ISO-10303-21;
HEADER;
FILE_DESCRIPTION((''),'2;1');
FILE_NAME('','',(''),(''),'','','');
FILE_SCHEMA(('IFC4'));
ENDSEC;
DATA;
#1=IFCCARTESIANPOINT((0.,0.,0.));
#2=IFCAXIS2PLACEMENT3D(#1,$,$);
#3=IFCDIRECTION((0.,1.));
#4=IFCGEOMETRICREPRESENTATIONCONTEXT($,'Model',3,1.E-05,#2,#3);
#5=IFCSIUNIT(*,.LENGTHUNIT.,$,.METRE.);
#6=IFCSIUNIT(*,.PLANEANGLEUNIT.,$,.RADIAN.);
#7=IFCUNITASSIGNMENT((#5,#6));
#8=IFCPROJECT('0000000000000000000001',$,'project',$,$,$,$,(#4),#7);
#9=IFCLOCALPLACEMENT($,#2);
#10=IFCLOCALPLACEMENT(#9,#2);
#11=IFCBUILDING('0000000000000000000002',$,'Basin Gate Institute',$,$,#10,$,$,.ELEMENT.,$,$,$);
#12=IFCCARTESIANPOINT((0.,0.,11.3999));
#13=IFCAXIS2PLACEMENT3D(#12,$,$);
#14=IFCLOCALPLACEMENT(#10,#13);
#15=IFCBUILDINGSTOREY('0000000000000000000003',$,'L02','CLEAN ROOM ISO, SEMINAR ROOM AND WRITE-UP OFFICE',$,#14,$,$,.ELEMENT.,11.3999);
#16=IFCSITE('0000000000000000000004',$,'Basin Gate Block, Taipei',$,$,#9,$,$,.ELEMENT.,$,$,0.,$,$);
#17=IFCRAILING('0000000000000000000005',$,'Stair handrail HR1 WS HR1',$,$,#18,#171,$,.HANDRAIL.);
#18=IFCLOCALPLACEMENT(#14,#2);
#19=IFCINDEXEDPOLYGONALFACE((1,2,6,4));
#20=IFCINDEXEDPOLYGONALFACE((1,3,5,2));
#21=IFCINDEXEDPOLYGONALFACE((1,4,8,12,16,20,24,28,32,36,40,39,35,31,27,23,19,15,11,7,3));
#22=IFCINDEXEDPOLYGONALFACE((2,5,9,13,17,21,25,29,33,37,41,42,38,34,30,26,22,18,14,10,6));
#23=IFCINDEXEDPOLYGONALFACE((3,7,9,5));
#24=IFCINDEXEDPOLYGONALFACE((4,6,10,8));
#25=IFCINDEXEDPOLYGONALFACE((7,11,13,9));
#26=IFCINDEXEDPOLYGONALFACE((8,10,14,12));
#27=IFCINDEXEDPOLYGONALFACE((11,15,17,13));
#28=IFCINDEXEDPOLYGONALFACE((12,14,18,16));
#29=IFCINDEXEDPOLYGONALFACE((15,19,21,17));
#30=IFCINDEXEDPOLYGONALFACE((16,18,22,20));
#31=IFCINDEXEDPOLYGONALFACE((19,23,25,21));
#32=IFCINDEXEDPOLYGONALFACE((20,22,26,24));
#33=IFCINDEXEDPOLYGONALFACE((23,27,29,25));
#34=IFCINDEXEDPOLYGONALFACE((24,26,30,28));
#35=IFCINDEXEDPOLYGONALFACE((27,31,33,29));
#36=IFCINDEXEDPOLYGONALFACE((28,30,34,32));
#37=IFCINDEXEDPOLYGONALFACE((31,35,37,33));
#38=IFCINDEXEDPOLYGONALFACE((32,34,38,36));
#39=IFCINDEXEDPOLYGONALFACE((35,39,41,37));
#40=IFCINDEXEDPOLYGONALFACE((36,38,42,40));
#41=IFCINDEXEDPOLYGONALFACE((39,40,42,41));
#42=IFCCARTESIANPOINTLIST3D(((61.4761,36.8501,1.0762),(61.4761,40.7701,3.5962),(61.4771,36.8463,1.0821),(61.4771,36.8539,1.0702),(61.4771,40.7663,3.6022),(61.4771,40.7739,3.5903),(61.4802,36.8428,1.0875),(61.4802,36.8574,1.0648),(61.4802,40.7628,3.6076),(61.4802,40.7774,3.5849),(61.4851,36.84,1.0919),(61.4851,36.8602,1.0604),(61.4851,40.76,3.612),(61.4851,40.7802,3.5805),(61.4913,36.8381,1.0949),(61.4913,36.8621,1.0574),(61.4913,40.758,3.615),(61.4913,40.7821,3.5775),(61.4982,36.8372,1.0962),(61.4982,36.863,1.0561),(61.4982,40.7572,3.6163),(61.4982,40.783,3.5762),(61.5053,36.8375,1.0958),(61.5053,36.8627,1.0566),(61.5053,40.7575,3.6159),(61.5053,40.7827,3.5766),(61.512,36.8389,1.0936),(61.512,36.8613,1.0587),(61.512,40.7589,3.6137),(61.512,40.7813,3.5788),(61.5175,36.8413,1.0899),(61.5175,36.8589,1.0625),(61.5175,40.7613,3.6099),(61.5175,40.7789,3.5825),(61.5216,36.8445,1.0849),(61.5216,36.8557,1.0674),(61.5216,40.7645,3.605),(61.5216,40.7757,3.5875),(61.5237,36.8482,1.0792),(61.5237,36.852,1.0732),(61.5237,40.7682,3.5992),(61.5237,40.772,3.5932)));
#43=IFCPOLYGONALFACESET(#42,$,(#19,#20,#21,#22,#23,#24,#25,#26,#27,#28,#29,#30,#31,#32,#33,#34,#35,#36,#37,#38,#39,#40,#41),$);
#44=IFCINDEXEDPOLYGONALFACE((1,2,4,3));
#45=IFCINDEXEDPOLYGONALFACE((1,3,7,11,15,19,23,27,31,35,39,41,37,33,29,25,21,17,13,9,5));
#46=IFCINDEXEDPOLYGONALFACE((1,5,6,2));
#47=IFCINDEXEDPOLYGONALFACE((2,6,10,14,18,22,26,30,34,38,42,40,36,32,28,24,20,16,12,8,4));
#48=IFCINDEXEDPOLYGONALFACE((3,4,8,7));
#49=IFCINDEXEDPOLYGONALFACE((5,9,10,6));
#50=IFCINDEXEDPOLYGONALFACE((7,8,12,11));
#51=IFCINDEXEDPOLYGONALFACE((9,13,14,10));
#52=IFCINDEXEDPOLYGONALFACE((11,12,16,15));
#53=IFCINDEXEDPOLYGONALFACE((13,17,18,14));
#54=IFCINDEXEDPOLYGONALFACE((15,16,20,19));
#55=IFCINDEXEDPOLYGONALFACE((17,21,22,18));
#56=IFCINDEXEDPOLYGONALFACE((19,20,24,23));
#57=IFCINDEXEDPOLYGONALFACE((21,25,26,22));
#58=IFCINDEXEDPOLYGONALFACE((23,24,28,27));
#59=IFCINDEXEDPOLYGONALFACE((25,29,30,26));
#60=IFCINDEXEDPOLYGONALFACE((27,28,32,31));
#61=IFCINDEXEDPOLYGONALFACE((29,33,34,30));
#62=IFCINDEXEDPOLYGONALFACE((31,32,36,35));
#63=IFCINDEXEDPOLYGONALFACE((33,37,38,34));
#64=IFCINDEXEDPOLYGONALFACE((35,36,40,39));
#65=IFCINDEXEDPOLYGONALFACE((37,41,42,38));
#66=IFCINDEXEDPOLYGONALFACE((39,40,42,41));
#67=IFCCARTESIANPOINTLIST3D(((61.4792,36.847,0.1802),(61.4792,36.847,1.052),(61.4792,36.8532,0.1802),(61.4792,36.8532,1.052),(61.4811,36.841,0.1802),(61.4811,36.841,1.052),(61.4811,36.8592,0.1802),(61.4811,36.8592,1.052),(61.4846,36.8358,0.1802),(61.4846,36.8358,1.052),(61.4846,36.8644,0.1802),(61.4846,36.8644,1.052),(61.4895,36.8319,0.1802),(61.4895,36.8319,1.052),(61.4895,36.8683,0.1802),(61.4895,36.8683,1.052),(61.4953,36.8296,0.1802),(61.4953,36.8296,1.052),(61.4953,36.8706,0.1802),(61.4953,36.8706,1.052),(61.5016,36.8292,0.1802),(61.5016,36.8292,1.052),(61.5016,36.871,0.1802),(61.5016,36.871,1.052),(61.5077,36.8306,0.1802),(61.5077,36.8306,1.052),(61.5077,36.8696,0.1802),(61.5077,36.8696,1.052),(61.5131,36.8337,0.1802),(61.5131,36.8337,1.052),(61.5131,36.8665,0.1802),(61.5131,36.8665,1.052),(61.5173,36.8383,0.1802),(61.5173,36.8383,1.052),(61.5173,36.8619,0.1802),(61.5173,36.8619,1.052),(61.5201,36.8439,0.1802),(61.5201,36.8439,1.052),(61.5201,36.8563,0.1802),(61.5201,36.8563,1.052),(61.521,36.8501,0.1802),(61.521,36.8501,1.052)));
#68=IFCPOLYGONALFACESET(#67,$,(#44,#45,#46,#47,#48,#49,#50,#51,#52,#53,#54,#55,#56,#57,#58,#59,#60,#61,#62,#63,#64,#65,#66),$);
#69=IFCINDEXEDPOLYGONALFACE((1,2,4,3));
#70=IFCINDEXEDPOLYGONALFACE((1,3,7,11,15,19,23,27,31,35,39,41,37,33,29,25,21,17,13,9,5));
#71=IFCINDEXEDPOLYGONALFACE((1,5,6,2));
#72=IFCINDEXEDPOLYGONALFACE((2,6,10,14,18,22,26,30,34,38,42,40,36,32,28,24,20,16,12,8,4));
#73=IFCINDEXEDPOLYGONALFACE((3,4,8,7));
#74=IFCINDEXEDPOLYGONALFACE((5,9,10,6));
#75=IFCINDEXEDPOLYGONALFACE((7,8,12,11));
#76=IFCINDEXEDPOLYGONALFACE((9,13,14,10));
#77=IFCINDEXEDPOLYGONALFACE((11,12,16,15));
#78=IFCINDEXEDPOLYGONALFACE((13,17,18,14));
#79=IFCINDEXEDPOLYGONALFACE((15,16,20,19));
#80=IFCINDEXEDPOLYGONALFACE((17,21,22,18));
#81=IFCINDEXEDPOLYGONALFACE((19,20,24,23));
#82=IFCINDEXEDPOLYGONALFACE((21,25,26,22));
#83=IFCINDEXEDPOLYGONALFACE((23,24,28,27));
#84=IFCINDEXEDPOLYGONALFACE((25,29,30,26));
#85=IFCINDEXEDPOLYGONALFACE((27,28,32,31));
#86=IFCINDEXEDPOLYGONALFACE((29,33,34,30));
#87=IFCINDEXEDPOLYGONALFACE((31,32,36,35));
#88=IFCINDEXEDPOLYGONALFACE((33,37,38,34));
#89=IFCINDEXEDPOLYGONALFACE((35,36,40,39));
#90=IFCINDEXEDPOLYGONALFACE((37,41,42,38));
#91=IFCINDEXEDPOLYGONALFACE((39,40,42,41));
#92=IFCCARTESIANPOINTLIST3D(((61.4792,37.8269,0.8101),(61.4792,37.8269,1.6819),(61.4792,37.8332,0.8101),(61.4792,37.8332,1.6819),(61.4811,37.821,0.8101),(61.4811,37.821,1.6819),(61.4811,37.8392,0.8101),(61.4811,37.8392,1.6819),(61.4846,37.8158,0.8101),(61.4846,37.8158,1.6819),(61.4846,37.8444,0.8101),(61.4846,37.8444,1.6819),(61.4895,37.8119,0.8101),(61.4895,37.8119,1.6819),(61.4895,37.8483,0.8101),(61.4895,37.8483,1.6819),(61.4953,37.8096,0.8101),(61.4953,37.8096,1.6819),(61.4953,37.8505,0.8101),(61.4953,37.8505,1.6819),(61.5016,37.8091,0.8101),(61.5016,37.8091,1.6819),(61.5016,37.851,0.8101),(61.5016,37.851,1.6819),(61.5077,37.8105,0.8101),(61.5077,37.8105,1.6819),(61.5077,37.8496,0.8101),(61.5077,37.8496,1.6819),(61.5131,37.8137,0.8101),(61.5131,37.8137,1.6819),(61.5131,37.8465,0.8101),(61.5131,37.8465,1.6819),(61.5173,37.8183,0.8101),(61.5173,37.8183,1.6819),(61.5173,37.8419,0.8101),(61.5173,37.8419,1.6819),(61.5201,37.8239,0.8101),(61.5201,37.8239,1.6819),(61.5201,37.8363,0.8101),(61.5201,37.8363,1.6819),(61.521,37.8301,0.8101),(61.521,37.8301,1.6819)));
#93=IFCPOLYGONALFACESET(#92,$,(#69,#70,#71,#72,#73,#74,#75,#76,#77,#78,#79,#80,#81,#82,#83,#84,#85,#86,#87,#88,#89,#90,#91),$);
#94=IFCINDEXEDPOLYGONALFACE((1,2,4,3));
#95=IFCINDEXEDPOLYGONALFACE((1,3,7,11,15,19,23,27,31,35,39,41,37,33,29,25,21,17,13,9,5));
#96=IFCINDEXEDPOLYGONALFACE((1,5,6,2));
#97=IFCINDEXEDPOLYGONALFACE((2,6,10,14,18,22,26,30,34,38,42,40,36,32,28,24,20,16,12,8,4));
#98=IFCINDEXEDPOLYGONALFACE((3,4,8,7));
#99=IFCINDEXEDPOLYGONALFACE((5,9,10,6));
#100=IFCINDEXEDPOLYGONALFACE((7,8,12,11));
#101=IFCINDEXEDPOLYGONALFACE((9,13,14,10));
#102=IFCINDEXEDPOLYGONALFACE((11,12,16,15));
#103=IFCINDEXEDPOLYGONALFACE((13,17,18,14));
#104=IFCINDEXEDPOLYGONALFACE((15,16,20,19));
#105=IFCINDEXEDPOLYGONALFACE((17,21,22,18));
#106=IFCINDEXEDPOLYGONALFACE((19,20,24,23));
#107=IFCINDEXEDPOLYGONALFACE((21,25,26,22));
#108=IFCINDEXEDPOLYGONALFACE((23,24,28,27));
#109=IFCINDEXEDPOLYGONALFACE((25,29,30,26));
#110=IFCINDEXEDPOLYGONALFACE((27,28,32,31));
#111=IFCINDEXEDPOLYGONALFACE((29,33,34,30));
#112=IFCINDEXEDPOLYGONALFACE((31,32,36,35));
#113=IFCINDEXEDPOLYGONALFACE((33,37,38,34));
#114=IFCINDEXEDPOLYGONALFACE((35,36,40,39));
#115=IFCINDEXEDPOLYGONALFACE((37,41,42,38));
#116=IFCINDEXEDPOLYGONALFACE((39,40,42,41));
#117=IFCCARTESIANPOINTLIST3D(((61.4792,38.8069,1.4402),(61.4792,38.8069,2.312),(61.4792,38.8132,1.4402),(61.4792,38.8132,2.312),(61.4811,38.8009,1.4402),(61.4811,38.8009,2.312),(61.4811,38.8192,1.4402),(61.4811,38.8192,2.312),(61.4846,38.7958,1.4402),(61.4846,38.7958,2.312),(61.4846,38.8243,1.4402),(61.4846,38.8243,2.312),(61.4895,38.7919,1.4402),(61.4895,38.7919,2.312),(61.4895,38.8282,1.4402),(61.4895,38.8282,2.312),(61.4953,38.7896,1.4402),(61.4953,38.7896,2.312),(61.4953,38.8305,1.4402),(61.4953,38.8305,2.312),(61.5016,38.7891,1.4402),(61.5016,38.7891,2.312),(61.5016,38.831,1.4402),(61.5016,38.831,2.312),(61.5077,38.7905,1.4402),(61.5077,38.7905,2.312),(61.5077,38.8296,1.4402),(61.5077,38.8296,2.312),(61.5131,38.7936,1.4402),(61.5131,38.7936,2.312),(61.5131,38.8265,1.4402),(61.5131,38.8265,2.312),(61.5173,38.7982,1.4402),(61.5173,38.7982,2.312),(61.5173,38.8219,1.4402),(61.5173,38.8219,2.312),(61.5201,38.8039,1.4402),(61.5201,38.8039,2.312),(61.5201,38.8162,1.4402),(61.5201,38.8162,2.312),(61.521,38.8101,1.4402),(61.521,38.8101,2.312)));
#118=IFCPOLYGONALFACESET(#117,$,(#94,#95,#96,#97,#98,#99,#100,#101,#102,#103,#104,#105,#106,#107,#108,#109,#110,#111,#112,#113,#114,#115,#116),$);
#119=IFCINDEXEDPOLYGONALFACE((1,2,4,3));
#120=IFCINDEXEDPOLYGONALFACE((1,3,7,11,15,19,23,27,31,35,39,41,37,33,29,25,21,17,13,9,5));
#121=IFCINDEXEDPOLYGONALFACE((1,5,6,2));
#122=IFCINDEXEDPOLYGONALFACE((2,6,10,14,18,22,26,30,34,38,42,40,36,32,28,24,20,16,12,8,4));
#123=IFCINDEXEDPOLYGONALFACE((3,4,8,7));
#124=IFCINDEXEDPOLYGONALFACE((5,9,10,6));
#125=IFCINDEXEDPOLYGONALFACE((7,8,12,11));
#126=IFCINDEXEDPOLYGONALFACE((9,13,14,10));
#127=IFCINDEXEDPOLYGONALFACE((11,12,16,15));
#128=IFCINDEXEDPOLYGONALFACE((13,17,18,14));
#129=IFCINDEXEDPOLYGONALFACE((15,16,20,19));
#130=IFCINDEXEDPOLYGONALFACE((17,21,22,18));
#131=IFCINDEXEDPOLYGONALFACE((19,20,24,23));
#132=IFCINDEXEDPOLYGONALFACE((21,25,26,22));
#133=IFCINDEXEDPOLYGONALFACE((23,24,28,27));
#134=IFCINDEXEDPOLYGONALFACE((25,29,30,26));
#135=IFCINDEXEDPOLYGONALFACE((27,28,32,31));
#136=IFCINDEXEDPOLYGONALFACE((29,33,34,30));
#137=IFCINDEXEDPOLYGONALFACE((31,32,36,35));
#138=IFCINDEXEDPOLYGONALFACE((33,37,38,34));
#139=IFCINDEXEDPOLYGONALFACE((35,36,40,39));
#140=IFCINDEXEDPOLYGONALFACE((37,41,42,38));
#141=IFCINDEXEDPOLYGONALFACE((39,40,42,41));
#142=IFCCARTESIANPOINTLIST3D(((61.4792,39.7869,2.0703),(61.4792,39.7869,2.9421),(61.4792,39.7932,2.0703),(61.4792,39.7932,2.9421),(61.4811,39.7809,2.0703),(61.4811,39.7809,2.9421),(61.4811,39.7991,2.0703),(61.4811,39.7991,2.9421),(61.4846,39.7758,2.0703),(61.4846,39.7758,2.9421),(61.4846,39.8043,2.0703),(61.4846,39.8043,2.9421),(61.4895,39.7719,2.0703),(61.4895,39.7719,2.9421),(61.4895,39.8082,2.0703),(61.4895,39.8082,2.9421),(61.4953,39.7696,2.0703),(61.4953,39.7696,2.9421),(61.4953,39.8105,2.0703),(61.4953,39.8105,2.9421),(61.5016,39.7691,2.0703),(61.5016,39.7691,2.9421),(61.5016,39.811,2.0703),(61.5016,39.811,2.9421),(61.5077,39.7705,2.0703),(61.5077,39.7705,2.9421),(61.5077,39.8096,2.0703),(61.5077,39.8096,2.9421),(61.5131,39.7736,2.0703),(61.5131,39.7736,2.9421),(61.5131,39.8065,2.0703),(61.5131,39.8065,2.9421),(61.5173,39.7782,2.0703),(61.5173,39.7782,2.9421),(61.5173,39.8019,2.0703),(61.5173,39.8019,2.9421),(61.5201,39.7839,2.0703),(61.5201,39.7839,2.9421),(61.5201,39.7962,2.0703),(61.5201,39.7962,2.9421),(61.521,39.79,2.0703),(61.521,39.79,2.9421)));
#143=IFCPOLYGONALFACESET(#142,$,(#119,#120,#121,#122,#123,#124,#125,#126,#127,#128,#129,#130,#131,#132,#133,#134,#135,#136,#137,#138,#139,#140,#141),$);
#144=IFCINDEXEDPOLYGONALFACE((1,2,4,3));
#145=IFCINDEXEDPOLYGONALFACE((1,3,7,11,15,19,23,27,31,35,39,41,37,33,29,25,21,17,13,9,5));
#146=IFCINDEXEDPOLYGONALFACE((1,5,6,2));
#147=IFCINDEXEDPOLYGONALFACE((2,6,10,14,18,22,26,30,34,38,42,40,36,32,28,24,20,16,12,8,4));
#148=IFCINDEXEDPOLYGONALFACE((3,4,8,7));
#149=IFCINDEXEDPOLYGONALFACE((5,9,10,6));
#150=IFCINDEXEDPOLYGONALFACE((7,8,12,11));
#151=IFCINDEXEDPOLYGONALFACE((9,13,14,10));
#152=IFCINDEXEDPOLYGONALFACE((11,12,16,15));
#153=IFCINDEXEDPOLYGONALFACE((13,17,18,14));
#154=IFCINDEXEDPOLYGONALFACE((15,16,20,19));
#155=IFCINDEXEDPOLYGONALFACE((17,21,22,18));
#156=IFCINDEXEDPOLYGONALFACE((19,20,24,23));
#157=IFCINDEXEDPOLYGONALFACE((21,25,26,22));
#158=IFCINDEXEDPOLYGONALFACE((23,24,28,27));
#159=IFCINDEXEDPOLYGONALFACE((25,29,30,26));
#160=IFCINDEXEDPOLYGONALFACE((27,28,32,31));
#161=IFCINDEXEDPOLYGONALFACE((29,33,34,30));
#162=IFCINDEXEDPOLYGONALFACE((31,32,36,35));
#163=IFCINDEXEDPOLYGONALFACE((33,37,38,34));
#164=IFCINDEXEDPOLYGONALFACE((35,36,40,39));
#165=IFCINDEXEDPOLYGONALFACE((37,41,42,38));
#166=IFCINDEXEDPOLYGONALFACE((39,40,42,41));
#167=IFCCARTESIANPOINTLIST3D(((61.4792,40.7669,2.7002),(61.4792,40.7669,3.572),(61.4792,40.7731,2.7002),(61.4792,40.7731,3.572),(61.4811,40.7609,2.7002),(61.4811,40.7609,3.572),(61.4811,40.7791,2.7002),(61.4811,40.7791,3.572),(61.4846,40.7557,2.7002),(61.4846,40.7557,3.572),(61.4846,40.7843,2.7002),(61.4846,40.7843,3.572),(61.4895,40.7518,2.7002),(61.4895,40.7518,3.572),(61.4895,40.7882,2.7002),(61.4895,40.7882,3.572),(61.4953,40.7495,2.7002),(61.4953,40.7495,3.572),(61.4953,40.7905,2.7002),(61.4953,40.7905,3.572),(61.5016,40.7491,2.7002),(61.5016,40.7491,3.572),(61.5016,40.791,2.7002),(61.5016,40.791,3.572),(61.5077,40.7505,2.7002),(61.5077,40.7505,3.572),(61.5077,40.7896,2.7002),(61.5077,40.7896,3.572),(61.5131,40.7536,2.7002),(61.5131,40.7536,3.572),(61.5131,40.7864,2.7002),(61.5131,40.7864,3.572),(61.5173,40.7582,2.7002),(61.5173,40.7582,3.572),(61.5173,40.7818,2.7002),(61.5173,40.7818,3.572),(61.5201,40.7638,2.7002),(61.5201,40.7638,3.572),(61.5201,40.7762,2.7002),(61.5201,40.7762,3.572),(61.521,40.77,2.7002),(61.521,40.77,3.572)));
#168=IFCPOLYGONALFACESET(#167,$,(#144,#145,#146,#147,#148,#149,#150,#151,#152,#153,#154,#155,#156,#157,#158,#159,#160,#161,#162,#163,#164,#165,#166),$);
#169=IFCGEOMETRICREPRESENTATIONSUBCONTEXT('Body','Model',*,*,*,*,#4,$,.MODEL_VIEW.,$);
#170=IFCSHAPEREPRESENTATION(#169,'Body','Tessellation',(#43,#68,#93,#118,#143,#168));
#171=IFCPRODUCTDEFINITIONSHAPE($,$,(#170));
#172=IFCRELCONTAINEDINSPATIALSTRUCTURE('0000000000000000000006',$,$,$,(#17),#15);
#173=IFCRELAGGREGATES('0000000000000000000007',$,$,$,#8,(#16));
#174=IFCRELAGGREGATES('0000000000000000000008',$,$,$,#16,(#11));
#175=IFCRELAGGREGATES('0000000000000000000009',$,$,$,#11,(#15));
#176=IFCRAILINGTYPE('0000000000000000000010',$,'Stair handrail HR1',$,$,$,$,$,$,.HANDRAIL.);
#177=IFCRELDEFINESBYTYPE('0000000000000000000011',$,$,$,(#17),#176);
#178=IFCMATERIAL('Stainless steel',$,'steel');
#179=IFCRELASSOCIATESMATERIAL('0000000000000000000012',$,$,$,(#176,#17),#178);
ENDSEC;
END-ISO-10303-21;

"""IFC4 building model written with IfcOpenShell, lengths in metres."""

from ifc_helpers import new_model, si_unit, direction, frame, origin, origin_2d, place, context, subcontext, project, spatial, circle, extrude, material, type_object, element, save


model = new_model("IFC4")

# Units and contexts
model_context = context("Model", 3, precision=1e-05, world=origin(), true_north=direction((0.0, 1.0)))
body_context = subcontext(model_context, "Body", "Model", "MODEL_VIEW")
ifc_project = project(units=[si_unit("LENGTHUNIT", "METRE"), si_unit("PLANEANGLEUNIT", "RADIAN")], contexts=[model_context])

# Site, building, storey
site_placement = place(None, origin())
site = spatial("IfcSite", under=ifc_project, at=site_placement, Name="Basin Gate Block, Taipei", CompositionType="ELEMENT", RefElevation=0.0)
building_placement = place(site_placement, origin())
building = spatial("IfcBuilding", under=site, at=building_placement, Name="Basin Gate Institute", CompositionType="ELEMENT")
storey_placement = place(building_placement, frame((0.0, 0.0, 11.3999)))
storey = spatial("IfcBuildingStorey", under=building, at=storey_placement, Name="L02", Description="CLEAN ROOM ISO, SEMINAR ROOM AND WRITE-UP OFFICE", CompositionType="ELEMENT", Elevation=11.3999)

# Railing
ifc_material_1 = material(Name="Stainless steel", Category="steel")
railing_type_1 = type_object("IfcRailingType", Name="Stair handrail HR1", PredefinedType="HANDRAIL", material=ifc_material_1)
for number, where, name in (
    (1, (61.5, 36.8501, 0.1802), "Stair handrail HR1 WS HR1"),
):
    element("IfcRailing", number, at=place(storey_placement, frame(where)), inside=storey, type_object=railing_type_1, material=ifc_material_1, Name=name, PredefinedType="HANDRAIL", context=body_context, shape_type="SweptSolid", body=[
        extrude(circle(Radius=0.0239, at=origin_2d()), frame((0.0, 0.0, 0.896), z_axis=(0.0, 0.841172, 0.540768), x_axis=(-1.0, 0.0, 0.0)), (0.0, 0.0, 1.0), 4.6602),
        extrude(circle(Radius=0.021, at=origin_2d()), origin(), (0.0, 0.0, 1.0), 0.8718),
        extrude(circle(Radius=0.021, at=origin_2d()), frame((0.0, 0.98, 0.6299)), (0.0, 0.0, 1.0), 0.8718),
        extrude(circle(Radius=0.021, at=origin_2d()), frame((0.0, 1.96, 1.26)), (0.0, 0.0, 1.0), 0.8718),
        extrude(circle(Radius=0.021, at=origin_2d()), frame((0.0, 2.9399, 1.8901)), (0.0, 0.0, 1.0), 0.8718),
        extrude(circle(Radius=0.021, at=origin_2d()), frame((0.0, 3.9199, 2.52)), (0.0, 0.0, 1.0), 0.8718),
    ])

save(model, "model.ifc")
